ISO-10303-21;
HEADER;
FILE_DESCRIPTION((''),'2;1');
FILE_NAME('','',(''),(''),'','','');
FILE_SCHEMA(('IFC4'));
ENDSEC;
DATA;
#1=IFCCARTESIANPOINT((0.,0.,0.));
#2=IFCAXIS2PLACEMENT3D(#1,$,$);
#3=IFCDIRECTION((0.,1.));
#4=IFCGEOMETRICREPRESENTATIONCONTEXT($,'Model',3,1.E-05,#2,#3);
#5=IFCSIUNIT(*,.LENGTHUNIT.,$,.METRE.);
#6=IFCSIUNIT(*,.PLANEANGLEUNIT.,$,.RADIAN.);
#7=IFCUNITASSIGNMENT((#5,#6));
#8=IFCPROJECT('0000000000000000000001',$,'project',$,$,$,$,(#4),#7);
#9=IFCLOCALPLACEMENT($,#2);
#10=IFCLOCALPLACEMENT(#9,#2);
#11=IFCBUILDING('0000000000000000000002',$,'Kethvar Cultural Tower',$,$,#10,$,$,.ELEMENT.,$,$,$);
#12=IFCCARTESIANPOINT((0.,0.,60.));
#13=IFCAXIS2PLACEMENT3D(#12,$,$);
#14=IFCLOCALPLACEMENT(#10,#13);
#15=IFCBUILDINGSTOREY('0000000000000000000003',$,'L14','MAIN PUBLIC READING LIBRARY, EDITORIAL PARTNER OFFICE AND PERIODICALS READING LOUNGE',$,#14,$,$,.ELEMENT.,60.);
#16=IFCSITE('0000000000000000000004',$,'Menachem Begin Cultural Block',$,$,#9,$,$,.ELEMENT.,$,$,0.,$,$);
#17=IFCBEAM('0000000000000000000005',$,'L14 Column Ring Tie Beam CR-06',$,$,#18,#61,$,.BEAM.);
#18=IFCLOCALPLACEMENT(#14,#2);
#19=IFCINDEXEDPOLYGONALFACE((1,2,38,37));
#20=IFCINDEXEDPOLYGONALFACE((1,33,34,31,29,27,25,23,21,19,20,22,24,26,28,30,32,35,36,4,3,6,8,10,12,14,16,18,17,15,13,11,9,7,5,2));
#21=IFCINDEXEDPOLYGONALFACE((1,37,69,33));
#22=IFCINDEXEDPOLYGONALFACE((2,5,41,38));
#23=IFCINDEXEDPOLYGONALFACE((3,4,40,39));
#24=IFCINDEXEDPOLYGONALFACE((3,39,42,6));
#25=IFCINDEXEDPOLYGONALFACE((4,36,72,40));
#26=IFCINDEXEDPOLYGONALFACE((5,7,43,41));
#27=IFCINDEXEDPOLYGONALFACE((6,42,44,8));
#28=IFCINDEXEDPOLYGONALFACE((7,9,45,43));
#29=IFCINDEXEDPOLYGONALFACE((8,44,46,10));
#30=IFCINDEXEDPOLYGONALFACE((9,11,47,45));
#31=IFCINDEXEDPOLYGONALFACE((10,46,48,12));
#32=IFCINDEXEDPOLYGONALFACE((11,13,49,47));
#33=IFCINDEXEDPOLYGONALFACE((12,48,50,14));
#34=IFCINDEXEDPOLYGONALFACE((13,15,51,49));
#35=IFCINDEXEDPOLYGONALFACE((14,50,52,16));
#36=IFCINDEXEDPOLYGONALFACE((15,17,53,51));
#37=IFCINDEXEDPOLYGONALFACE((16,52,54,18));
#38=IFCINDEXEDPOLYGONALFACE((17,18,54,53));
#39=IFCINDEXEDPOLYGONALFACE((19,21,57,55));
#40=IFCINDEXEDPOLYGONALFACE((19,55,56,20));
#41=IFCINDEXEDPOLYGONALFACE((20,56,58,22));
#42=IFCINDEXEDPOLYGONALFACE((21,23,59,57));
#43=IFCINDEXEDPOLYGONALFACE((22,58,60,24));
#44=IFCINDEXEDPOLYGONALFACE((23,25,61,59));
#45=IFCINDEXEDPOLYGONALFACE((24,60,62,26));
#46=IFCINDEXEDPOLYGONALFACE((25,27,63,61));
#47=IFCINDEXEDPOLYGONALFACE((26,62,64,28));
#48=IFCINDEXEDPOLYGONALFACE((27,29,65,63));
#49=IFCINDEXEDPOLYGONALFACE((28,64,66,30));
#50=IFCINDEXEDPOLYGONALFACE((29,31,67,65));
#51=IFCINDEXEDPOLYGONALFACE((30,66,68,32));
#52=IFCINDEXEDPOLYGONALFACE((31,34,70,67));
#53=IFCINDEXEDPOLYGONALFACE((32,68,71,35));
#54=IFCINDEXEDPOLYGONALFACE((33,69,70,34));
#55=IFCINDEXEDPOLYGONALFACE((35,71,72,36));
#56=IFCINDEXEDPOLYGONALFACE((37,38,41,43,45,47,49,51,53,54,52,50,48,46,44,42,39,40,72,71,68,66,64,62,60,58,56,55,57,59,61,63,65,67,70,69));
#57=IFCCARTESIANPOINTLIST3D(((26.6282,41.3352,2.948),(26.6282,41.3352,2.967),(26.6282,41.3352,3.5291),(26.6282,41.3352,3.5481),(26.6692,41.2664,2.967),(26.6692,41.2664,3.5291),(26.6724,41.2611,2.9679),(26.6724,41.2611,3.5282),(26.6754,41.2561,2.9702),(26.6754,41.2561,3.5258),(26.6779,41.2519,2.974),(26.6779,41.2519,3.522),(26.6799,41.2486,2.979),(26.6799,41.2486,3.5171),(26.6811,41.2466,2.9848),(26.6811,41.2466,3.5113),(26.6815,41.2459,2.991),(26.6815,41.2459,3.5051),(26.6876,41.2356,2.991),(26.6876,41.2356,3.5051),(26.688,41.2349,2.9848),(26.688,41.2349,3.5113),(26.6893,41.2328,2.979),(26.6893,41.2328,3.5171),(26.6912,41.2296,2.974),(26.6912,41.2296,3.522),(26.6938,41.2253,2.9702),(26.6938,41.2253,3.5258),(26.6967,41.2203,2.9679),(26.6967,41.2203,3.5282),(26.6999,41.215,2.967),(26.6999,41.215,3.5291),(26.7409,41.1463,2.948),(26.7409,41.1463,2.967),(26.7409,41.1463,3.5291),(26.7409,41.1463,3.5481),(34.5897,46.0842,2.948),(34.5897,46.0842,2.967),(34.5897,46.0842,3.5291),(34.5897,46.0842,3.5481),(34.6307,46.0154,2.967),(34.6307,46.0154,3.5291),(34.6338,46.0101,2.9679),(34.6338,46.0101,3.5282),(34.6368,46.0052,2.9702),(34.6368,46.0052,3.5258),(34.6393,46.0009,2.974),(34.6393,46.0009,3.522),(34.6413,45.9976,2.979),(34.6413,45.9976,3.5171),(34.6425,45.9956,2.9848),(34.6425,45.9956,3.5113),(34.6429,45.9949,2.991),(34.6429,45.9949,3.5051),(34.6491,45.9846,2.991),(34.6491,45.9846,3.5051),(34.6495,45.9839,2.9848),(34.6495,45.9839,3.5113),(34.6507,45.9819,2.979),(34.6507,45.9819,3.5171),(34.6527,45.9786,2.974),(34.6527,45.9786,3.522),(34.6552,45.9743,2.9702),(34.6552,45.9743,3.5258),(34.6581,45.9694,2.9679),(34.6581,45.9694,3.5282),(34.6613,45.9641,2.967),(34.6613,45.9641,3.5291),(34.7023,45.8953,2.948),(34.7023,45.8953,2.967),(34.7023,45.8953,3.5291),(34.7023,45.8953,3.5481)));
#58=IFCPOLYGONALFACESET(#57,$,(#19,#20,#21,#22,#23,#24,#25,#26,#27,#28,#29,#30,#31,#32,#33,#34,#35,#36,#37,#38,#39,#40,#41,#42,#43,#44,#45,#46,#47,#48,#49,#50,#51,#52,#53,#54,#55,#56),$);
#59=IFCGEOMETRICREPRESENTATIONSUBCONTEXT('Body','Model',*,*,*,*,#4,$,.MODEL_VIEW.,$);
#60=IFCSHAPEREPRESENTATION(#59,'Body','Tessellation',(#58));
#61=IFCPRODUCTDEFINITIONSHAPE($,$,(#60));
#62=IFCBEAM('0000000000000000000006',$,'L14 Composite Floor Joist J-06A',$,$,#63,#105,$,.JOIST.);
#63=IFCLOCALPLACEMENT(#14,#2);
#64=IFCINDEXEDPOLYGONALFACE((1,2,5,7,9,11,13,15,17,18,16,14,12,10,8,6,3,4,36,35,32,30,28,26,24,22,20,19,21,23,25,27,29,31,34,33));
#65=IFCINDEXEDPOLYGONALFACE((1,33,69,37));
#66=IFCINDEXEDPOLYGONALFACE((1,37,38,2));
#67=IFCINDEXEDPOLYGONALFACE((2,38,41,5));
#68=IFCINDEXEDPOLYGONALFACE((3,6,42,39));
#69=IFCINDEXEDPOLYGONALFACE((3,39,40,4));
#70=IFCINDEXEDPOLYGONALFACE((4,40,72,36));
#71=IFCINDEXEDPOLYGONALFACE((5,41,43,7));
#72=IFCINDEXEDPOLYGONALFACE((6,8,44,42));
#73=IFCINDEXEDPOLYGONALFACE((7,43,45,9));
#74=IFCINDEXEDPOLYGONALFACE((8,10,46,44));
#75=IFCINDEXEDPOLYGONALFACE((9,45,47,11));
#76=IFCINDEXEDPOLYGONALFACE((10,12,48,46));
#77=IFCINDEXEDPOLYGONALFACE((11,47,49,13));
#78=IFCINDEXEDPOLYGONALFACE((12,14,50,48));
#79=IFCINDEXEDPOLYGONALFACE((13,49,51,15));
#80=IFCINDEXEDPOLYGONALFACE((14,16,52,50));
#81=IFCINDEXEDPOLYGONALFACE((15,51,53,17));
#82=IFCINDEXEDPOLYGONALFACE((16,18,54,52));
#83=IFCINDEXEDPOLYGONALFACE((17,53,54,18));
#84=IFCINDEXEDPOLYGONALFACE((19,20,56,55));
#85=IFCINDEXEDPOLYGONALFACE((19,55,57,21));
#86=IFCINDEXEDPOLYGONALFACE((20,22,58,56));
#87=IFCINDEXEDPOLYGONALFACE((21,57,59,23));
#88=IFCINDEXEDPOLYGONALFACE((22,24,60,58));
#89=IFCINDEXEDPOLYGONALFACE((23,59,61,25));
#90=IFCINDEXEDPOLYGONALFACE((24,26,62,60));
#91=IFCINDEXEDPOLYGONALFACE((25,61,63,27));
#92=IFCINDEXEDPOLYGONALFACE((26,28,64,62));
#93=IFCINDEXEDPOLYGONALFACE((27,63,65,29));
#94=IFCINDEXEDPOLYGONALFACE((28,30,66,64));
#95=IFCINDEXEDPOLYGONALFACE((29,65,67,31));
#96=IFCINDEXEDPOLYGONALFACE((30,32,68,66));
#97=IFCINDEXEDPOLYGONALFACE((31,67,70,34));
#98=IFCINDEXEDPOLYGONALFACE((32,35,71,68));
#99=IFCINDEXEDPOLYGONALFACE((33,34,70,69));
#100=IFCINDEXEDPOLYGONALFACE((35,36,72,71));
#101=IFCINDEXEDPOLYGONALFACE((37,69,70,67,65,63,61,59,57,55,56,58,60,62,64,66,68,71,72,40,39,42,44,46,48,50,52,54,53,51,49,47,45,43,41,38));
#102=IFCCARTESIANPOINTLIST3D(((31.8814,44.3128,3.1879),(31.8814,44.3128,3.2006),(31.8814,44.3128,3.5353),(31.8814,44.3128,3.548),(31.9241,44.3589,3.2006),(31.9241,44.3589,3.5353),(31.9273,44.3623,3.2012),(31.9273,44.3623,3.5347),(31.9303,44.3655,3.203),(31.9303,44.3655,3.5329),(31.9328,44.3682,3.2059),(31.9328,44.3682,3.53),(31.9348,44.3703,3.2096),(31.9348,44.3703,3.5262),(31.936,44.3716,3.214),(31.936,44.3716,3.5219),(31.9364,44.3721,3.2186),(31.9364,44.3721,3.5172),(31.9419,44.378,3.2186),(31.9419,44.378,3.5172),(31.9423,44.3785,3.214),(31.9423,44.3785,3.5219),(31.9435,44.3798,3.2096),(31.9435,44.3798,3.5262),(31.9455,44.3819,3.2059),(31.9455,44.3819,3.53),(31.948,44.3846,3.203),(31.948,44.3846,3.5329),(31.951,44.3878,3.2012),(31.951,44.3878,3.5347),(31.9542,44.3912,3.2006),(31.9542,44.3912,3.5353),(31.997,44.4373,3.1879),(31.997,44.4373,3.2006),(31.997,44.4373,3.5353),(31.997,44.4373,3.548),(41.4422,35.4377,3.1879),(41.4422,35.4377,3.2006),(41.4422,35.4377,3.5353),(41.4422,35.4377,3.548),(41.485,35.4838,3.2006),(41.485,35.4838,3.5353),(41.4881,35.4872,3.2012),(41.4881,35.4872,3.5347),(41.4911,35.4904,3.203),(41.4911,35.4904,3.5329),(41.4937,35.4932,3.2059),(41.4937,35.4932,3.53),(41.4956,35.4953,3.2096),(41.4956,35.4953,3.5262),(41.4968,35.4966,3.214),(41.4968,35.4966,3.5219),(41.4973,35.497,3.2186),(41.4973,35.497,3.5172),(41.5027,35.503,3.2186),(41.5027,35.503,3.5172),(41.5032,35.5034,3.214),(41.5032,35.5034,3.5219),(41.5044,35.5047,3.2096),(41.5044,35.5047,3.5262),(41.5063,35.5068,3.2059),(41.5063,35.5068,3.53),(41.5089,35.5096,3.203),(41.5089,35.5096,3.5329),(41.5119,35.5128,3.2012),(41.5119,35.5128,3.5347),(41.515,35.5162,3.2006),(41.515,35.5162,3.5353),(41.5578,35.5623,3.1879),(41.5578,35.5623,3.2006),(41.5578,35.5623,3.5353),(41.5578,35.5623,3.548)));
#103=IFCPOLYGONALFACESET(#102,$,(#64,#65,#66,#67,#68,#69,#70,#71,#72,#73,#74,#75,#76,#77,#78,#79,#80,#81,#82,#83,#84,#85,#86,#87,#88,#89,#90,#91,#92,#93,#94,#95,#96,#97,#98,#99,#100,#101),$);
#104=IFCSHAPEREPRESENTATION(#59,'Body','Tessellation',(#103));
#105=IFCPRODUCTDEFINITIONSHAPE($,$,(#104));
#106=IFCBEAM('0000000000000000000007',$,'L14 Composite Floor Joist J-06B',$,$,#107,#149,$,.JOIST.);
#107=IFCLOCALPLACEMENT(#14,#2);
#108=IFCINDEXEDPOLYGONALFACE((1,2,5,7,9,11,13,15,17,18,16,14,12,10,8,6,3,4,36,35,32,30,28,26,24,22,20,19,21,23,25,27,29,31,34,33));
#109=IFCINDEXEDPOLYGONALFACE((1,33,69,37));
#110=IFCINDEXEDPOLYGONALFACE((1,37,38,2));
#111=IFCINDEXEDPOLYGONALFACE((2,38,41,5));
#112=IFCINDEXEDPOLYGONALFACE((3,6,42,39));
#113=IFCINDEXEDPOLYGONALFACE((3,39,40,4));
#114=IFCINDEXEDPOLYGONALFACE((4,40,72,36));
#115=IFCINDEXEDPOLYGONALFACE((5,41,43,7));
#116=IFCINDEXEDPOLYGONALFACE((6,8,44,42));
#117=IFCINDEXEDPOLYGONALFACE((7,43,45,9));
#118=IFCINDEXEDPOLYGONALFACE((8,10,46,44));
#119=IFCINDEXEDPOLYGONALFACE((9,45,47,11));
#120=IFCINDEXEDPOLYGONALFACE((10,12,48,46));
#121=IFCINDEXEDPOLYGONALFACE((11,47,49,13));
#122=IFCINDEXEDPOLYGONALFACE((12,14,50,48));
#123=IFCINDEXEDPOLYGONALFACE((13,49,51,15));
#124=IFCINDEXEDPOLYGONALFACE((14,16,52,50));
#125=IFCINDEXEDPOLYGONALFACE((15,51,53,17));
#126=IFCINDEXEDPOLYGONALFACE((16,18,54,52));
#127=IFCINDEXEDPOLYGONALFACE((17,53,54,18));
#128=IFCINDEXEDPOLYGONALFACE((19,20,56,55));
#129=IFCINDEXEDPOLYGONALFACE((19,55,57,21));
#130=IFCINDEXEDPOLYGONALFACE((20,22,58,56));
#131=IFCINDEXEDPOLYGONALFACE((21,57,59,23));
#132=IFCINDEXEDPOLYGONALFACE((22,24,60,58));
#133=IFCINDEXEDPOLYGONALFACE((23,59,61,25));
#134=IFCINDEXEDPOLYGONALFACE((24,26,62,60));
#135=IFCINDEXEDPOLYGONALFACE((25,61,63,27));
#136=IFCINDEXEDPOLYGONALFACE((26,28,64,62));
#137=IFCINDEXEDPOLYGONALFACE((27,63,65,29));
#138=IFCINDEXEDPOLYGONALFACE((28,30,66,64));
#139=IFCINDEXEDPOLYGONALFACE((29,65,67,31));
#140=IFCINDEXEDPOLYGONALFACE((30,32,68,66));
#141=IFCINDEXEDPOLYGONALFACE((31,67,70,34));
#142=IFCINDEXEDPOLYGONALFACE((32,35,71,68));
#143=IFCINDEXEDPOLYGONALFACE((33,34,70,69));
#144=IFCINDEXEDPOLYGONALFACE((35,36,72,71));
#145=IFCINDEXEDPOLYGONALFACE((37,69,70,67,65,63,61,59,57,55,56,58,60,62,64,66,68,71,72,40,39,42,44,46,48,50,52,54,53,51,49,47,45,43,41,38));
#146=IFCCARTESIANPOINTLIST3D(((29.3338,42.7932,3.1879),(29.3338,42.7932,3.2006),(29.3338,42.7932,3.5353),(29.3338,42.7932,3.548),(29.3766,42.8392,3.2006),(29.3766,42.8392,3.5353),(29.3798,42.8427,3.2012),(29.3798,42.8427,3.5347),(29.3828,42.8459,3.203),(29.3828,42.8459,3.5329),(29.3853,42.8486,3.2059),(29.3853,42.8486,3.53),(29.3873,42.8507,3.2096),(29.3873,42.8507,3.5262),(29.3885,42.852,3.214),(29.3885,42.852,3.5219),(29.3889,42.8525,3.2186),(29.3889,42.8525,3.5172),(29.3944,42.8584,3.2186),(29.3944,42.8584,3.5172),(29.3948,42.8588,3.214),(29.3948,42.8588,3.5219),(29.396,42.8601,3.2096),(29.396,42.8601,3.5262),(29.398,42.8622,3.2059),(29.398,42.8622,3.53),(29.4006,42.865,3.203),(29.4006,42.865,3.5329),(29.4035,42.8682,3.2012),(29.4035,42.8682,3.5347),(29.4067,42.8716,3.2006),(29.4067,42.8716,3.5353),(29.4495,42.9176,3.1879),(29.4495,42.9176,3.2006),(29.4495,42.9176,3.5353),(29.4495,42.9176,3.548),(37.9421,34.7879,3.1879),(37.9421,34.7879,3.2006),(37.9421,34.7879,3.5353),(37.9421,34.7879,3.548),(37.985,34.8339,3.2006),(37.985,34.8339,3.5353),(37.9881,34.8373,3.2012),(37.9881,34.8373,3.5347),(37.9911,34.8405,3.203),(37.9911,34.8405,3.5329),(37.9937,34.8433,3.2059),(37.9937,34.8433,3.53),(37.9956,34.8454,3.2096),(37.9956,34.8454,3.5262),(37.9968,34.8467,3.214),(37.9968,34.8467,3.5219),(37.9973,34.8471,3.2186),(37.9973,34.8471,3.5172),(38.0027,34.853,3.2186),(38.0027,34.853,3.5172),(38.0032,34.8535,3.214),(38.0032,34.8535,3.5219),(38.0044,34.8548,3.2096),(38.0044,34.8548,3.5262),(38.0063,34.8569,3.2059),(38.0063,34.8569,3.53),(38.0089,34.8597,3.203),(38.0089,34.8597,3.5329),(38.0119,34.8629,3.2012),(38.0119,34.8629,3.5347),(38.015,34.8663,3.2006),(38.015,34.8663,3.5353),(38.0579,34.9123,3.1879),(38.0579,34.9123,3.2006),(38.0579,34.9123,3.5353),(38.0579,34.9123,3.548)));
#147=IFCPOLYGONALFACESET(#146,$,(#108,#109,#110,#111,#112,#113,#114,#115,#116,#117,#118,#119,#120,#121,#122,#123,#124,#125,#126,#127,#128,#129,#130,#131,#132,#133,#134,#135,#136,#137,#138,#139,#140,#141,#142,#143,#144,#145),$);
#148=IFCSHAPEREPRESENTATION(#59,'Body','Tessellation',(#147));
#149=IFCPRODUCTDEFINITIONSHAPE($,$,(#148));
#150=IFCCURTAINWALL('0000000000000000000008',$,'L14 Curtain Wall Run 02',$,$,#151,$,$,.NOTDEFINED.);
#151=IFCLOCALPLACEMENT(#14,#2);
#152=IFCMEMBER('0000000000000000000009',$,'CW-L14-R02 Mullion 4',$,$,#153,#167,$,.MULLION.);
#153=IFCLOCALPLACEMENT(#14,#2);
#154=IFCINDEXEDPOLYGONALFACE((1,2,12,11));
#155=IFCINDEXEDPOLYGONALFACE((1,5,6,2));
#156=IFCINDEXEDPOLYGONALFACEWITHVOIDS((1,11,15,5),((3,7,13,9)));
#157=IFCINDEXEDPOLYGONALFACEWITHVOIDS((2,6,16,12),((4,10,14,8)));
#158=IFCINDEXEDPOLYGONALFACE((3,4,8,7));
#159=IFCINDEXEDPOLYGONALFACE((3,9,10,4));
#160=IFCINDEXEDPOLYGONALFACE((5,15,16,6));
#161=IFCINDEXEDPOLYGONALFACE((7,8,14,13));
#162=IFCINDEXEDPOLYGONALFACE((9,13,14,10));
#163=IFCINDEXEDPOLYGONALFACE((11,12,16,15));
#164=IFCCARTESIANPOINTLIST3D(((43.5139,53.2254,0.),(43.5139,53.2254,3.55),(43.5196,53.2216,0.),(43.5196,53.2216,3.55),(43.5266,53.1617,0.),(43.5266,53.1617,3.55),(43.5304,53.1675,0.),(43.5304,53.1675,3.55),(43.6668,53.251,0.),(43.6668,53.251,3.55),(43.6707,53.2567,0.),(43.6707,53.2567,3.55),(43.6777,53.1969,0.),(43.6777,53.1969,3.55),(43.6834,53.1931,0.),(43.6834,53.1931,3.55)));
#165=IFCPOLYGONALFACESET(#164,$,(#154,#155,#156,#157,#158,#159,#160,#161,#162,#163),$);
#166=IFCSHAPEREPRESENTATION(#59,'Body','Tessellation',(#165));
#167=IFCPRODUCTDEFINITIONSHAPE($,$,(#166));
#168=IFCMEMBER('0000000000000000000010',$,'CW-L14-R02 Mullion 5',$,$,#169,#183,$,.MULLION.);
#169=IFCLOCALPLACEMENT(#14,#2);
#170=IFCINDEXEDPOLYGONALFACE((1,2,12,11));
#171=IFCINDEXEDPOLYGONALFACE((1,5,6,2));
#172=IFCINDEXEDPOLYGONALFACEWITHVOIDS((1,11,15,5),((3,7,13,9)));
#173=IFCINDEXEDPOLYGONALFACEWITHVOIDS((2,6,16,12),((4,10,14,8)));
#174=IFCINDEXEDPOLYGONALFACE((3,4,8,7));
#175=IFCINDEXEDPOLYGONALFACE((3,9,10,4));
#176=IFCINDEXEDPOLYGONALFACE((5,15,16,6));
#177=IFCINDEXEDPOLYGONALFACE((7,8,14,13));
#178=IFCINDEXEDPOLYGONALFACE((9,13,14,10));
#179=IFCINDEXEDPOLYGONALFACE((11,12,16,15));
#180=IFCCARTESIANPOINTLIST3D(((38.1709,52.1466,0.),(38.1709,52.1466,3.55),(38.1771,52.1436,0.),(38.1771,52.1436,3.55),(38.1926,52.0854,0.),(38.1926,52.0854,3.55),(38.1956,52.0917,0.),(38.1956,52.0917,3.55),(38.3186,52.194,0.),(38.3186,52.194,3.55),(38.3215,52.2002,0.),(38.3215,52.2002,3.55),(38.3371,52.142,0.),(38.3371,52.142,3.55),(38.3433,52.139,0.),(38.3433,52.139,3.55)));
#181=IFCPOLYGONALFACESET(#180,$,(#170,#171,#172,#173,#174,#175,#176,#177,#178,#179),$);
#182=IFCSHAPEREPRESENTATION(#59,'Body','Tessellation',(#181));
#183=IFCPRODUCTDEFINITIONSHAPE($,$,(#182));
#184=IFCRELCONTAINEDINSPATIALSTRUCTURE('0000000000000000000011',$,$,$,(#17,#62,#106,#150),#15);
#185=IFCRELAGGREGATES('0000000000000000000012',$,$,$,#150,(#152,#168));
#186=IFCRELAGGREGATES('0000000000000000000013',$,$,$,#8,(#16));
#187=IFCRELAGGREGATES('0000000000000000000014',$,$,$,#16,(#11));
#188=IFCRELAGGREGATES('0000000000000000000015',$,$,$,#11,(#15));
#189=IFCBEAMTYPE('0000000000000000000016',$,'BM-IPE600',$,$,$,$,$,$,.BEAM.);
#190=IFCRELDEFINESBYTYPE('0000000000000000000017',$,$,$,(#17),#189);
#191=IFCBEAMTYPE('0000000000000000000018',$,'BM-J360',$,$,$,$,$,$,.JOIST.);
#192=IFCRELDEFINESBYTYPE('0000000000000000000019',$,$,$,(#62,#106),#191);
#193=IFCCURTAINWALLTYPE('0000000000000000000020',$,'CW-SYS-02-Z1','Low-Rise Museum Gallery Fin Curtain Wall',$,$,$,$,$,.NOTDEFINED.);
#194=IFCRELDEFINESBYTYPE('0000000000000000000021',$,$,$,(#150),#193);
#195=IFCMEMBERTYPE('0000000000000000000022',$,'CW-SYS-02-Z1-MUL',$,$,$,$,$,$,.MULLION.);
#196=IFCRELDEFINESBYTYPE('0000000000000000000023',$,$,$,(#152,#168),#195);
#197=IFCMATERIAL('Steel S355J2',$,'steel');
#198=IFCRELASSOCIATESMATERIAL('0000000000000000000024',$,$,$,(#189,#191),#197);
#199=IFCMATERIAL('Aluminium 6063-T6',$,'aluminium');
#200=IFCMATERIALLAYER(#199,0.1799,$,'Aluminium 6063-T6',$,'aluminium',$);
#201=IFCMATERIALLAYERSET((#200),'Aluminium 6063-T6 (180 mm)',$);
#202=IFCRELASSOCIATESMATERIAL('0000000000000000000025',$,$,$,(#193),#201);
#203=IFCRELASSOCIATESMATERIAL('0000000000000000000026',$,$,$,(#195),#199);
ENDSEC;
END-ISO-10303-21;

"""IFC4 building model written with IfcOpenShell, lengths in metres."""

from ifc_helpers import new_model, si_unit, direction, frame, origin, origin_2d, place, context, subcontext, project, spatial, hollow_rectangle, i_section, extrude, source, transform, mapped, material, layer, layer_set, material_profile, profile_set, type_object, element, aggregate, save


model = new_model("IFC4")

# Units and contexts
model_context = context("Model", 3, precision=1e-05, world=origin(), true_north=direction((0.0, 1.0)))
body_context = subcontext(model_context, "Body", "Model", "MODEL_VIEW")
ifc_project = project(units=[si_unit("LENGTHUNIT", "METRE"), si_unit("PLANEANGLEUNIT", "RADIAN")], contexts=[model_context])

# Site, building, storey
site_placement = place(None, origin())
site = spatial("IfcSite", under=ifc_project, at=site_placement, Name="Menachem Begin Cultural Block", CompositionType="ELEMENT", RefElevation=0.0)
building_placement = place(site_placement, origin())
building = spatial("IfcBuilding", under=site, at=building_placement, Name="Kethvar Cultural Tower", CompositionType="ELEMENT")
storey_placement = place(building_placement, frame((0.0, 0.0, 60.0)))
storey = spatial("IfcBuildingStorey", under=building, at=storey_placement, Name="L14", Description="MAIN PUBLIC READING LIBRARY, EDITORIAL PARTNER OFFICE AND PERIODICALS READING LOUNGE", CompositionType="ELEMENT", Elevation=60.0)

# Beams
ifc_material_1 = material(Name="Steel S355J2", Category="steel")
ifc_material_profile_1 = material_profile(ifc_material_1, i_section(OverallWidth=0.22, OverallDepth=0.6001, WebThickness=0.012, FlangeThickness=0.019, FilletRadius=0.0239, at=origin_2d()), Name="Steel S355J2 — IPE600")
ifc_profile_set_1 = profile_set([ifc_material_profile_1], Name="Steel S355J2 — IPE600")
beam_type_1 = type_object("IfcBeamType", Name="BM-IPE600", PredefinedType="BEAM", material=ifc_profile_set_1)
ifc_material_profile_2 = material_profile(ifc_material_1, i_section(OverallWidth=0.1699, OverallDepth=0.3601, WebThickness=0.0081, FlangeThickness=0.0127, FilletRadius=0.0181, at=origin_2d()), Name="Steel S355J2 — IPE360")
ifc_profile_set_2 = profile_set([ifc_material_profile_2], Name="Steel S355J2 — IPE360")
beam_type_2 = type_object("IfcBeamType", Name="BM-J360", PredefinedType="JOIST", material=ifc_profile_set_2)
shared_shape_1 = source(origin(), body_context, "Body", "SweptSolid", [
    extrude(i_section(OverallWidth=0.22, OverallDepth=0.6001, WebThickness=0.012, FlangeThickness=0.019, FilletRadius=0.0239, at=origin_2d()), origin(), (0.0, 0.0, 1.0), 9.2703),
])
beam_1_placement = place(storey_placement, frame((34.646, 45.9897, 3.248), z_axis=(-0.858815, -0.512286, 0.0), x_axis=(0.512286, -0.858815, 0.0)))
element("IfcBeam", 1, at=beam_1_placement, inside=storey, type_object=beam_type_1, Name="L14 Column Ring Tie Beam CR-06", PredefinedType="BEAM", context=body_context, shape_type="MappedRepresentation", body=[
    mapped(shared_shape_1, transform((0.0, 0.0, 0.0), scale=1.0)),
])
shared_shape_2 = source(origin(), body_context, "Body", "SweptSolid", [
    extrude(i_section(OverallWidth=0.1699, OverallDepth=0.3601, WebThickness=0.0081, FlangeThickness=0.0127, FilletRadius=0.0181, at=origin_2d()), origin(), (0.0, 0.0, 1.0), 13.0452),
])
beam_2_placement = place(storey_placement, frame((41.5, 35.5, 3.3679), z_axis=(-0.732903, 0.680333, 0.0), x_axis=(-0.680333, -0.732903, 0.0)))
element("IfcBeam", 2, at=beam_2_placement, inside=storey, type_object=beam_type_2, Name="L14 Composite Floor Joist J-06A", PredefinedType="JOIST", context=body_context, shape_type="MappedRepresentation", body=[
    mapped(shared_shape_2, transform((0.0, 0.0, 0.0), scale=1.0)),
])
shared_shape_3 = source(origin(), body_context, "Body", "SweptSolid", [
    extrude(i_section(OverallWidth=0.1699, OverallDepth=0.3601, WebThickness=0.0081, FlangeThickness=0.0127, FilletRadius=0.0181, at=origin_2d()), origin(), (0.0, 0.0, 1.0), 11.7554),
])
beam_3_placement = place(storey_placement, frame((38.0, 34.8501, 3.3679), z_axis=(-0.73229, 0.680993, 0.0), x_axis=(-0.680993, -0.73229, 0.0)))
element("IfcBeam", 3, at=beam_3_placement, inside=storey, type_object=beam_type_2, Name="L14 Composite Floor Joist J-06B", PredefinedType="JOIST", context=body_context, shape_type="MappedRepresentation", body=[
    mapped(shared_shape_3, transform((0.0, 0.0, 0.0), scale=1.0)),
])

# Curtain wall, members
ifc_material_2 = material(Name="Aluminium 6063-T6", Category="aluminium")
ifc_layer_1 = layer(ifc_material_2, 0.1799, Name="Aluminium 6063-T6", Category="aluminium")
ifc_layer_set_1 = layer_set([ifc_layer_1], Name="Aluminium 6063-T6 (180 mm)")
curtain_wall_type = type_object("IfcCurtainWallType", Name="CW-SYS-02-Z1", Description="Low-Rise Museum Gallery Fin Curtain Wall", PredefinedType="NOTDEFINED", material=ifc_layer_set_1)
curtain_wall_placement = place(storey_placement, origin())
curtain_wall = element("IfcCurtainWall", 4, at=curtain_wall_placement, inside=storey, type_object=curtain_wall_type, Name="L14 Curtain Wall Run 02", PredefinedType="NOTDEFINED")
ifc_material_profile_3 = material_profile(ifc_material_2, hollow_rectangle(XDim=0.0649, YDim=0.1599, WallThickness=0.0049, at=origin_2d()), Name="Aluminium 6063-T6 — RHS160x65x5")
ifc_profile_set_3 = profile_set([ifc_material_profile_3], Name="Aluminium 6063-T6 — RHS160x65x5")
member_type_1 = type_object("IfcMemberType", Name="CW-SYS-02-Z1-MUL", PredefinedType="MULLION", material=ifc_profile_set_3)
shared_shape_4 = source(origin(), body_context, "Body", "SweptSolid", [
    extrude(hollow_rectangle(XDim=0.0649, YDim=0.1599, WallThickness=0.0049, at=origin_2d()), origin(), (0.0, 0.0, 1.0), 3.55),
])
member_1_placement = place(storey_placement, frame((43.5986, 53.2092, 0.0), z_axis=(0.0, 0.0, 1.0), x_axis=(0.19598, -0.980608, 0.0)))
member_1 = element("IfcMember", 5, at=member_1_placement, type_object=member_type_1, Name="CW-L14-R02 Mullion 4", PredefinedType="MULLION", context=body_context, shape_type="MappedRepresentation", body=[
    mapped(shared_shape_4, transform((0.0, 0.0, 0.0), scale=1.0)),
])
member_2_placement = place(storey_placement, frame((38.2571, 52.1428, 0.0), z_axis=(0.0, 0.0, 1.0), x_axis=(0.335271, -0.942122, 0.0)))
member_2 = element("IfcMember", 6, at=member_2_placement, type_object=member_type_1, Name="CW-L14-R02 Mullion 5", PredefinedType="MULLION", context=body_context, shape_type="MappedRepresentation", body=[
    mapped(shared_shape_4, transform((0.0, 0.0, 0.0), scale=1.0)),
])
aggregate(curtain_wall, [member_1, member_2])

save(model, "model.ifc")
